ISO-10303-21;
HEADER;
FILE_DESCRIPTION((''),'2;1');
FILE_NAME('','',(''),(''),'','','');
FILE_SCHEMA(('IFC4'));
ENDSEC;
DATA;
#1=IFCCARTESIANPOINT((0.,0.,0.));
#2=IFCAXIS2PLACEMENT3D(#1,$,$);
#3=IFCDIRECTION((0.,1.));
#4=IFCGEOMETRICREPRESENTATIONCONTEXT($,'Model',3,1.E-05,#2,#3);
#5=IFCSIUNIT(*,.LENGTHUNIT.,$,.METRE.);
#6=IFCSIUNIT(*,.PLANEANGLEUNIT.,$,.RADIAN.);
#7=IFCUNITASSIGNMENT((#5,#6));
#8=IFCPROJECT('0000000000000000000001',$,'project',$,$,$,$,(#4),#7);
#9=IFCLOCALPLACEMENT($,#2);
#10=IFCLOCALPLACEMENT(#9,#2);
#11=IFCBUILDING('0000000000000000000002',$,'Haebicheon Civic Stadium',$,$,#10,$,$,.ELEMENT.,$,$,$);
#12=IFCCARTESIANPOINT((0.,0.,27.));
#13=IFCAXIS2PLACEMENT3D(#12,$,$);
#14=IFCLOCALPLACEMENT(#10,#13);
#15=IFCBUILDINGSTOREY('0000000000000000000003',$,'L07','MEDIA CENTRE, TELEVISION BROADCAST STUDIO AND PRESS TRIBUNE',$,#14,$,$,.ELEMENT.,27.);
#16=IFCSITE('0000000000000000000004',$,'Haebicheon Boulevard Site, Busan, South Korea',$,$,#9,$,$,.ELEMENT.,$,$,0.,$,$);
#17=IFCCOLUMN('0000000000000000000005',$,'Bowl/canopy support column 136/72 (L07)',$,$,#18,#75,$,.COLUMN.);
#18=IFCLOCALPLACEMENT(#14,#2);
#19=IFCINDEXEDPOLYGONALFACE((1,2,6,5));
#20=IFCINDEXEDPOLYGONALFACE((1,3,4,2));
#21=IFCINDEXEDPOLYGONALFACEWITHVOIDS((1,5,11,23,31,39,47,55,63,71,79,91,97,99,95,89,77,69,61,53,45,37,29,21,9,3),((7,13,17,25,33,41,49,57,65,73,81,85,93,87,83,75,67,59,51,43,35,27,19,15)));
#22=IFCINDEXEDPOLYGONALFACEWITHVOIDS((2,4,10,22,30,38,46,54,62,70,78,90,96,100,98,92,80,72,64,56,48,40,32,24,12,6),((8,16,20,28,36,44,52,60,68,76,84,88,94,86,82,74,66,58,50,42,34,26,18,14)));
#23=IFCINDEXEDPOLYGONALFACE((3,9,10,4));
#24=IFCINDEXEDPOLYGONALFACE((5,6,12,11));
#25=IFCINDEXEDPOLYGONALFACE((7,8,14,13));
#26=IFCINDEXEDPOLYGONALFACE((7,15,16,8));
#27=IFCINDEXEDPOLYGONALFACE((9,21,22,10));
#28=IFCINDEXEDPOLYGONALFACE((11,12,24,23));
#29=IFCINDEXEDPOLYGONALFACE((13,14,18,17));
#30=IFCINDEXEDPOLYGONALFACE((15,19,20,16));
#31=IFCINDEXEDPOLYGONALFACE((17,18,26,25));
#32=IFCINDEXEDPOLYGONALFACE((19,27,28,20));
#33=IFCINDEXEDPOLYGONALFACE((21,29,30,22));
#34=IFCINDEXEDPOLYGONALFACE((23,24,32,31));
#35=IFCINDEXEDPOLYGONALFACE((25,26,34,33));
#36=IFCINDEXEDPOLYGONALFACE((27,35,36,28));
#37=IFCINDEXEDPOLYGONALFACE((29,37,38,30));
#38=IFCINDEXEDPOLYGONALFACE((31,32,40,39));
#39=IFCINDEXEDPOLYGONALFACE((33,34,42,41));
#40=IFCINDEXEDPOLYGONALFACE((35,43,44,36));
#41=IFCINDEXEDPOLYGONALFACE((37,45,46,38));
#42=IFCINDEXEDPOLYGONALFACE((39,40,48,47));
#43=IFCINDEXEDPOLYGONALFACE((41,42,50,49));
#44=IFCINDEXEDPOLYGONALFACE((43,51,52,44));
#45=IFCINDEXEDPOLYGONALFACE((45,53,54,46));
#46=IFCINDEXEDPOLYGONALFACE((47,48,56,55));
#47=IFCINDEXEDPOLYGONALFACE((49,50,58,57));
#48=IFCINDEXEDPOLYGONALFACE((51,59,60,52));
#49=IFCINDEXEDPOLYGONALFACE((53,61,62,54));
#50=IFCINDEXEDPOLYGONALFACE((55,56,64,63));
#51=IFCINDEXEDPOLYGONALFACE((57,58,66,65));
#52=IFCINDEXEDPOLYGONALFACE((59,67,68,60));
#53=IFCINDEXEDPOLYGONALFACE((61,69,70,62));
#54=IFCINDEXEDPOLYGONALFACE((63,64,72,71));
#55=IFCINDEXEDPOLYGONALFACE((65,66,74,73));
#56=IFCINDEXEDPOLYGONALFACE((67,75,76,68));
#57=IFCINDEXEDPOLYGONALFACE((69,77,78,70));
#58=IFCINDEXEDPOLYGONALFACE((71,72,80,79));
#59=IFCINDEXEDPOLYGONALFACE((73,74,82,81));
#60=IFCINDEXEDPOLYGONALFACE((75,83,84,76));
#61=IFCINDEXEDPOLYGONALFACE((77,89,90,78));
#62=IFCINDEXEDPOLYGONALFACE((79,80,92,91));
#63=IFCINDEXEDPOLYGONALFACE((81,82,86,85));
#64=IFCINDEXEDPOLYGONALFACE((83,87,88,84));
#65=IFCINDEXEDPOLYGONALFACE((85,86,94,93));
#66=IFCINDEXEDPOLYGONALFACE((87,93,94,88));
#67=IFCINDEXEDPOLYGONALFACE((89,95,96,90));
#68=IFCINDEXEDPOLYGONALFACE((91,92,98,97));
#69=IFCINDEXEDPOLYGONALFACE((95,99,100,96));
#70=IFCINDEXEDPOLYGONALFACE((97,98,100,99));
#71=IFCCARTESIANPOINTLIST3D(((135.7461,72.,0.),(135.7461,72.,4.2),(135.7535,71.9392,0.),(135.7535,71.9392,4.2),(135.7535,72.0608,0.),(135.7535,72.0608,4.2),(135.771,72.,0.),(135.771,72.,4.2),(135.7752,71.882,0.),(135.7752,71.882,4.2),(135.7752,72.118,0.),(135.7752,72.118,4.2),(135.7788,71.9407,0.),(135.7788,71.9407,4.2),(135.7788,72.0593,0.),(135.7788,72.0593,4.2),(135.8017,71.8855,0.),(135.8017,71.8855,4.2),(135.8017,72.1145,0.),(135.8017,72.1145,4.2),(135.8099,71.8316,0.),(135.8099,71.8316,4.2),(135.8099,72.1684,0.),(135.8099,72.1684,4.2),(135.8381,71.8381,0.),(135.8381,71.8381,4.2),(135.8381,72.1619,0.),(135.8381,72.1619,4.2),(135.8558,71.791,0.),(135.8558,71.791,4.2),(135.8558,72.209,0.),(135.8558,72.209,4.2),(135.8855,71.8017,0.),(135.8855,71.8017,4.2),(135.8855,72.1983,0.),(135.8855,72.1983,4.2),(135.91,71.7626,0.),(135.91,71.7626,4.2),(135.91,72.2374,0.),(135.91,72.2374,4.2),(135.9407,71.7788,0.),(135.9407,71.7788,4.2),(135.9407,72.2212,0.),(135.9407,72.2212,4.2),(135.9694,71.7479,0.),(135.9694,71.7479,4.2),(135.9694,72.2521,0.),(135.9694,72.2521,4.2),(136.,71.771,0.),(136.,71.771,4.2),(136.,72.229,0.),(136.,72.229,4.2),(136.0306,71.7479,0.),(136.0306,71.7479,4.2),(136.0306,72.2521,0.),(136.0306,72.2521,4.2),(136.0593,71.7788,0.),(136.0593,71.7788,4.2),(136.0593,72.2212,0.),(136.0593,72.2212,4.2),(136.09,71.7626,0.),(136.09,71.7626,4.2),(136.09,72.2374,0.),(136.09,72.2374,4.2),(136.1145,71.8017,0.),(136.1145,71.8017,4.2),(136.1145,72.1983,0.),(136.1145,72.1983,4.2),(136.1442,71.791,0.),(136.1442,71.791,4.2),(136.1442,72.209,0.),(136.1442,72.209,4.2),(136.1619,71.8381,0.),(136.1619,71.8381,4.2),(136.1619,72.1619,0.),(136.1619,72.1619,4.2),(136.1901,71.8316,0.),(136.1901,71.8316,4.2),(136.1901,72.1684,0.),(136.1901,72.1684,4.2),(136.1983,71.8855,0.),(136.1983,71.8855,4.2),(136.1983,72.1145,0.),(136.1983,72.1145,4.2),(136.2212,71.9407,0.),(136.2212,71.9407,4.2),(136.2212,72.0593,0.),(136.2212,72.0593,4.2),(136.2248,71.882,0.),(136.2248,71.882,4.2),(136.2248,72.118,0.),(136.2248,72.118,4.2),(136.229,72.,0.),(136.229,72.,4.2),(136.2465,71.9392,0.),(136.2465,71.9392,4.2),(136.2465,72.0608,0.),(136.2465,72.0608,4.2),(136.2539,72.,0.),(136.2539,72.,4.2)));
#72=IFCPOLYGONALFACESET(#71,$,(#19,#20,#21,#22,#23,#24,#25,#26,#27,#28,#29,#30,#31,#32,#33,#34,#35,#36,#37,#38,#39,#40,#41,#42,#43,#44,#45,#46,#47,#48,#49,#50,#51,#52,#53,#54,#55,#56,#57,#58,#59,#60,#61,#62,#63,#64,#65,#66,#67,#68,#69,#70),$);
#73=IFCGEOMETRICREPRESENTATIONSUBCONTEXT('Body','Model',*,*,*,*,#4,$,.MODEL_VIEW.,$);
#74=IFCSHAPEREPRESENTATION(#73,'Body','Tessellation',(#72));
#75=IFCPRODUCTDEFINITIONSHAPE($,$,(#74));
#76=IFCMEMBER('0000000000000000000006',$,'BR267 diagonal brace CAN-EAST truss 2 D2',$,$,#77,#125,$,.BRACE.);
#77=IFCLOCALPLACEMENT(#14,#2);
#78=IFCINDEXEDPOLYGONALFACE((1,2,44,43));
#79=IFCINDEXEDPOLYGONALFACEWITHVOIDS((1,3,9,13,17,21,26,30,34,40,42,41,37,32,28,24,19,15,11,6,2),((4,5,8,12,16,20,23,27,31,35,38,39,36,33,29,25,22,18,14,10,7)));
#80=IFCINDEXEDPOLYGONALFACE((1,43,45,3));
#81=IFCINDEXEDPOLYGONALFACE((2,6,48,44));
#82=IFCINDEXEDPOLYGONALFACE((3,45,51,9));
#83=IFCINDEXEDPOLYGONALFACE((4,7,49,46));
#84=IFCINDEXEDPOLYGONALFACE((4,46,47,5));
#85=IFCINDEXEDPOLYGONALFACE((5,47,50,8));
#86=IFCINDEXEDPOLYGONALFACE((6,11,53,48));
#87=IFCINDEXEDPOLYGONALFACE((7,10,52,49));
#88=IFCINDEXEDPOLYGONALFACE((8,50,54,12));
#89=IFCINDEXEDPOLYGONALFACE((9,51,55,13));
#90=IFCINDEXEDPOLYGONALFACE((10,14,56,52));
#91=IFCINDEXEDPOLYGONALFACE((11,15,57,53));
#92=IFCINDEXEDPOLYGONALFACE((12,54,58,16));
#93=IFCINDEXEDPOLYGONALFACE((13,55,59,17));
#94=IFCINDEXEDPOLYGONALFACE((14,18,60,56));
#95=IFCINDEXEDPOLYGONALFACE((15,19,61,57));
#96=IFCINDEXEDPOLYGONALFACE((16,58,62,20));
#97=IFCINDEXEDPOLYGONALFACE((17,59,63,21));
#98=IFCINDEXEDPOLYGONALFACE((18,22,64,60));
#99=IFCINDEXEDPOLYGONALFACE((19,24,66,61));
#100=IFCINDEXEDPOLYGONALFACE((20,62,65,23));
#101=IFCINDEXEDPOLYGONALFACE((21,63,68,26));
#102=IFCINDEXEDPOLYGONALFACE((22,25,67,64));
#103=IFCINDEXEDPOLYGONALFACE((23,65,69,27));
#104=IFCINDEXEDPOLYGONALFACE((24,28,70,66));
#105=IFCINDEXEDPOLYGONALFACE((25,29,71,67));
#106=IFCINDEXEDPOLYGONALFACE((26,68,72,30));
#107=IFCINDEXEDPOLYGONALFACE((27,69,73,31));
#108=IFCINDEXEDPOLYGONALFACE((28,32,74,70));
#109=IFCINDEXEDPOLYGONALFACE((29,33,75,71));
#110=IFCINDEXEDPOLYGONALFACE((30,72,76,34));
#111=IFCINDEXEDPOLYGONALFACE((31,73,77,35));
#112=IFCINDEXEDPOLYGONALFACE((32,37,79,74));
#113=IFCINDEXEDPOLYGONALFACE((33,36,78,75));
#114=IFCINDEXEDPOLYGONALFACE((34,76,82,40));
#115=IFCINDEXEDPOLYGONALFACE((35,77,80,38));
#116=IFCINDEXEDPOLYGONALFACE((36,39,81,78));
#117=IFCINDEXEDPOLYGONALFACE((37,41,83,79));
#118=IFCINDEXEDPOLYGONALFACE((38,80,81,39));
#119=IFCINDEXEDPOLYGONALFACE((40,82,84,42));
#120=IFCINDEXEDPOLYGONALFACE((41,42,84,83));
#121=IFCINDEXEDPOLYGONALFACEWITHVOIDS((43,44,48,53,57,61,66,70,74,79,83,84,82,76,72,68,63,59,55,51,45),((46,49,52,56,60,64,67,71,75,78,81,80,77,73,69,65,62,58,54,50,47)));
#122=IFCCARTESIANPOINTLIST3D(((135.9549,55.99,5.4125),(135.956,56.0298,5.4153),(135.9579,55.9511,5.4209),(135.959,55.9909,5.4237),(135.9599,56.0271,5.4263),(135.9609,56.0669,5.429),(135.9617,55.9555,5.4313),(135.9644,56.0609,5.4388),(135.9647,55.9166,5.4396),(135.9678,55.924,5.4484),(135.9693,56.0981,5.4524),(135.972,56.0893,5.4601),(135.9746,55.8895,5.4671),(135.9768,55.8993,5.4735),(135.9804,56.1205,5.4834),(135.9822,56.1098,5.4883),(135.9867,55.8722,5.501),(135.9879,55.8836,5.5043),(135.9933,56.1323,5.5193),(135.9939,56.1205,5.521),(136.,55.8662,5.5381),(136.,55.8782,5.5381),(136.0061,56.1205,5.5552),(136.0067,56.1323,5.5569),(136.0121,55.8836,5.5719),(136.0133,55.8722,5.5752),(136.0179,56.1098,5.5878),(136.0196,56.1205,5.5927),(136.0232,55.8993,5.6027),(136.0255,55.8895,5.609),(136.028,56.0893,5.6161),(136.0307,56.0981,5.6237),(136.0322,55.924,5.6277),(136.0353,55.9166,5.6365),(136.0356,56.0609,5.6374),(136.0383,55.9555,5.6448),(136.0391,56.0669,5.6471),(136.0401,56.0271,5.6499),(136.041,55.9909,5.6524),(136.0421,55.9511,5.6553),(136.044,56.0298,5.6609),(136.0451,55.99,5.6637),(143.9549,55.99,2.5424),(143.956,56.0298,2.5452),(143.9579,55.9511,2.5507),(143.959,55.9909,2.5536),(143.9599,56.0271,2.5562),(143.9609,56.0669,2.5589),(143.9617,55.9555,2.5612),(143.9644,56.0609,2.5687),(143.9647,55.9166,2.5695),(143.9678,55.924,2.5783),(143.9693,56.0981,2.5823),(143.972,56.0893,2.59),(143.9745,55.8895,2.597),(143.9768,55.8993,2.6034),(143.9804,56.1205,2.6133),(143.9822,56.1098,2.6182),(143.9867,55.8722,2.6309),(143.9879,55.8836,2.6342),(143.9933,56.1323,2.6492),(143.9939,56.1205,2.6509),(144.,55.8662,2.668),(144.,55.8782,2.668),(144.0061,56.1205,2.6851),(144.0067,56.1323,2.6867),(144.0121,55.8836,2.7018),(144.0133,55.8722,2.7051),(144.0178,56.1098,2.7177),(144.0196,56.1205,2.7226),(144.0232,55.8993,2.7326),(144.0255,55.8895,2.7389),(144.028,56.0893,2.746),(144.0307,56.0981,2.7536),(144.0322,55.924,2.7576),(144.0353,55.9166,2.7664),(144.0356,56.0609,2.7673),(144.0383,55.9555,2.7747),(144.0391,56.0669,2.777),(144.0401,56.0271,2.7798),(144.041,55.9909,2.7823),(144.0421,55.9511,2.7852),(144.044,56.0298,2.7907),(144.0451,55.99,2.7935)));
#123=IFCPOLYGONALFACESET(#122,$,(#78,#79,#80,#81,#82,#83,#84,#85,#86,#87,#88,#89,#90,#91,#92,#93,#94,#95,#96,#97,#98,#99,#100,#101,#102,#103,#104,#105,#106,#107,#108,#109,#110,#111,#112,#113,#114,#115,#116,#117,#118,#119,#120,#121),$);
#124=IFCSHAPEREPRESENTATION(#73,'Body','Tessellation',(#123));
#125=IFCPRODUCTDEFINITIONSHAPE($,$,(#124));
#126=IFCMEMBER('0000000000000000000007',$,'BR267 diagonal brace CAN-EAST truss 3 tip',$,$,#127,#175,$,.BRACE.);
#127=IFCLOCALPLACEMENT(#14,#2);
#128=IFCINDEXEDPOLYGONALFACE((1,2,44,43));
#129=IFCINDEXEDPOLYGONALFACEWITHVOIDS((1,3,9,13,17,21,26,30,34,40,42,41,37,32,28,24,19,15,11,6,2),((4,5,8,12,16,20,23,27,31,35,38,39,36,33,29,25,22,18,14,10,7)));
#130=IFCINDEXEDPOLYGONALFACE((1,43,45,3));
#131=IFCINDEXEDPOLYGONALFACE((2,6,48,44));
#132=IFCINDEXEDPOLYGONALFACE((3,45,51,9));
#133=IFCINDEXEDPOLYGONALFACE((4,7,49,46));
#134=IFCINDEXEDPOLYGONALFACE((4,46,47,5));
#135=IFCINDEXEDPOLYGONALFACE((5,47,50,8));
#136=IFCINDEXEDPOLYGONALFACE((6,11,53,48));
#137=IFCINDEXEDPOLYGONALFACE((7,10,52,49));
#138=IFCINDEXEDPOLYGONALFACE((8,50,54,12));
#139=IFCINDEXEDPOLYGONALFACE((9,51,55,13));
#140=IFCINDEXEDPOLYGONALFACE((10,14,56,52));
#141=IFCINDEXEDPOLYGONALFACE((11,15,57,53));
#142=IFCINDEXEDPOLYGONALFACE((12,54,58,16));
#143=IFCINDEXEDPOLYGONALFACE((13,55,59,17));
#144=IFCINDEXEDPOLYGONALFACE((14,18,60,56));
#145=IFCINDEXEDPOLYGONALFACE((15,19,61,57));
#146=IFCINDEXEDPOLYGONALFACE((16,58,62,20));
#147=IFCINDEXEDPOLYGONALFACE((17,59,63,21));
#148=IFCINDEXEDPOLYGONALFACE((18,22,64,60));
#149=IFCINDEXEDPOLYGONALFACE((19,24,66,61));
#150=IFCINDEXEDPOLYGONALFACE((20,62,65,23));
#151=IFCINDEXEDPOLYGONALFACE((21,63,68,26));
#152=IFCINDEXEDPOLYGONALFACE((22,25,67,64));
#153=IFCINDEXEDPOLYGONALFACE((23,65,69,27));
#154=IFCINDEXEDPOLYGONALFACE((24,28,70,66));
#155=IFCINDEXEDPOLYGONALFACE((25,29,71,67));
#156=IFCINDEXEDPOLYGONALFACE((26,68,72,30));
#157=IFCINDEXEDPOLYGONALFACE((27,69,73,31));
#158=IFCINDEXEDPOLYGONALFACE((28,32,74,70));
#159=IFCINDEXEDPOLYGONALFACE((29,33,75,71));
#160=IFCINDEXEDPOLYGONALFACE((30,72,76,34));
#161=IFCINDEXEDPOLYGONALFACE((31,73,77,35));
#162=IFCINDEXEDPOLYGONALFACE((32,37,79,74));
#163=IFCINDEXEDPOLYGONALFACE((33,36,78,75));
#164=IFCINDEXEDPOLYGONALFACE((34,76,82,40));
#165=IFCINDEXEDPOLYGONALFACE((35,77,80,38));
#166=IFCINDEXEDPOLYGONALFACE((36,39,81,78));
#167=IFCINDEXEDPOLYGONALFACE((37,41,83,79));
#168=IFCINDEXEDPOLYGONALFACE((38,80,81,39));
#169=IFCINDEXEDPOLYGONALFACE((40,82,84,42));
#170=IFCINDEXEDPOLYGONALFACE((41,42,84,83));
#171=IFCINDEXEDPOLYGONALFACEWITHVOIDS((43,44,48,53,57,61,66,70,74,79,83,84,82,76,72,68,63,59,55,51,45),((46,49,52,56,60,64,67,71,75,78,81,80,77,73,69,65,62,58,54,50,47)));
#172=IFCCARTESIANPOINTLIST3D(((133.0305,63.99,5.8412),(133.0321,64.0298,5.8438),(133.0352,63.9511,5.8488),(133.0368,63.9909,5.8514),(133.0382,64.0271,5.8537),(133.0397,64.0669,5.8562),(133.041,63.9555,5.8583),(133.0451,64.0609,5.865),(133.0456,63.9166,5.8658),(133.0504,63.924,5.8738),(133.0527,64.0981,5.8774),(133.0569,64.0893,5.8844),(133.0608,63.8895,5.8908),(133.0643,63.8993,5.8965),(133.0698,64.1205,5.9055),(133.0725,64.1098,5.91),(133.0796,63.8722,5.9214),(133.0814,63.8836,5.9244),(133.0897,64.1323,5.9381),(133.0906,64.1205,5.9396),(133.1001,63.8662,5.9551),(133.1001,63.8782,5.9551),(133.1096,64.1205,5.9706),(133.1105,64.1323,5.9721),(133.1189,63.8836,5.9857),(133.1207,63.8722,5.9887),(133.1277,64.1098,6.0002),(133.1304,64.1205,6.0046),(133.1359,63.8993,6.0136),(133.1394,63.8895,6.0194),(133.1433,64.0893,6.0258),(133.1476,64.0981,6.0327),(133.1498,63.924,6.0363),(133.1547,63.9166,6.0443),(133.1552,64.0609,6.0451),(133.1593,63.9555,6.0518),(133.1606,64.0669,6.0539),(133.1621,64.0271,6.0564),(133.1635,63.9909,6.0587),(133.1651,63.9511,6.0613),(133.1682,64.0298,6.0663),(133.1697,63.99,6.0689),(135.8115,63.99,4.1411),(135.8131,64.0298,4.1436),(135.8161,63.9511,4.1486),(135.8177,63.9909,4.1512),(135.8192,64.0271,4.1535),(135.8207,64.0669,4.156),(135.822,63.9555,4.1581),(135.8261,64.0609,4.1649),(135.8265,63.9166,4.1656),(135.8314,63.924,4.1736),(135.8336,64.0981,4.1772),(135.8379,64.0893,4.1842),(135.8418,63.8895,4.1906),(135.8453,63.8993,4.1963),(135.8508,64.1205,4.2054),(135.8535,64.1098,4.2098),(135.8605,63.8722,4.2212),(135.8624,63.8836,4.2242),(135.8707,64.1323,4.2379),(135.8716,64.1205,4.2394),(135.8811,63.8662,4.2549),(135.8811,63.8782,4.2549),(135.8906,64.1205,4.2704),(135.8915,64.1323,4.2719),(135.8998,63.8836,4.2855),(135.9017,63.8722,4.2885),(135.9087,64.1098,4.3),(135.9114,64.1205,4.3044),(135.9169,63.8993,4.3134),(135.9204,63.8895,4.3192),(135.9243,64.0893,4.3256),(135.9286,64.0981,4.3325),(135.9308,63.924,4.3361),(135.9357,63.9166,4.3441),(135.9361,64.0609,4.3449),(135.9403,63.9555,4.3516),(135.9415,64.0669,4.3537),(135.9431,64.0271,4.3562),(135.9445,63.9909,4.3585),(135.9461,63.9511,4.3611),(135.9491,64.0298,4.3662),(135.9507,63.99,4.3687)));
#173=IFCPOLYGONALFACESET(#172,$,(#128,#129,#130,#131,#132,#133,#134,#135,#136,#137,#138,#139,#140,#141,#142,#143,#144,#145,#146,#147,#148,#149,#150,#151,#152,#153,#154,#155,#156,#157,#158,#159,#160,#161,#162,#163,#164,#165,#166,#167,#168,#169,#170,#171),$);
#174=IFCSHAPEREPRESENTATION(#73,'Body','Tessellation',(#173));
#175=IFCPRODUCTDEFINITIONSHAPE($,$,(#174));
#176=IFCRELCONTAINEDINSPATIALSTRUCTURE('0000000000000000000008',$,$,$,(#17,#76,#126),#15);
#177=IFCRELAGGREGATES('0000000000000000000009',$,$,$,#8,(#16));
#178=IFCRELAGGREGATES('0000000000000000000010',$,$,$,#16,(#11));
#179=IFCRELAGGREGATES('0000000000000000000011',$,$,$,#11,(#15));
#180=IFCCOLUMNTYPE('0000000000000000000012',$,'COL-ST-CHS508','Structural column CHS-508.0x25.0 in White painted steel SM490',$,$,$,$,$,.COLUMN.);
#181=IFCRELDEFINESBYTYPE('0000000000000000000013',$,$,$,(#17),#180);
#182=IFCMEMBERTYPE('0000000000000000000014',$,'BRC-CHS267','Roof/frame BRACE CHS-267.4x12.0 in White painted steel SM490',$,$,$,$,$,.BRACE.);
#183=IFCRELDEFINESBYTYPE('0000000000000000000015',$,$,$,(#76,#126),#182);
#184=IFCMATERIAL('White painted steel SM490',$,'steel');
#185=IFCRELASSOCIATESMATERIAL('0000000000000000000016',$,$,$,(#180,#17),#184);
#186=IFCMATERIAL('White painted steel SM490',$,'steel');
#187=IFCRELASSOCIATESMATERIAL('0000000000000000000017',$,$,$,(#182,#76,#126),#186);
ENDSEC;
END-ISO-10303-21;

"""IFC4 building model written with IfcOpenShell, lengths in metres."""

from ifc_helpers import new_model, si_unit, direction, frame, origin, origin_2d, place, context, subcontext, project, spatial, hollow_circle, extrude, material, material_profile, profile_set, type_object, element, save


model = new_model("IFC4")

# Units and contexts
model_context = context("Model", 3, precision=1e-05, world=origin(), true_north=direction((0.0, 1.0)))
body_context = subcontext(model_context, "Body", "Model", "MODEL_VIEW")
ifc_project = project(units=[si_unit("LENGTHUNIT", "METRE"), si_unit("PLANEANGLEUNIT", "RADIAN")], contexts=[model_context])

# Site, building, storey
site_placement = place(None, origin())
site = spatial("IfcSite", under=ifc_project, at=site_placement, Name="Haebicheon Boulevard Site, Busan, South Korea", CompositionType="ELEMENT", RefElevation=0.0)
building_placement = place(site_placement, origin())
building = spatial("IfcBuilding", under=site, at=building_placement, Name="Haebicheon Civic Stadium", CompositionType="ELEMENT")
storey_placement = place(building_placement, frame((0.0, 0.0, 27.0)))
storey = spatial("IfcBuildingStorey", under=building, at=storey_placement, Name="L07", Description="MEDIA CENTRE, TELEVISION BROADCAST STUDIO AND PRESS TRIBUNE", CompositionType="ELEMENT", Elevation=27.0)

# Column
ifc_material_1 = material(Name="White painted steel SM490", Category="steel")
ifc_material_profile_1 = material_profile(ifc_material_1, hollow_circle(Radius=0.2539, WallThickness=0.0249, at=origin_2d()), Name="CHS-508.0x25.0")
ifc_profile_set_1 = profile_set([ifc_material_profile_1], Name="White painted steel SM490")
column_type = type_object("IfcColumnType", Name="COL-ST-CHS508", Description="Structural column CHS-508.0x25.0 in White painted steel SM490", PredefinedType="COLUMN", material=ifc_profile_set_1)
for number, where, z_axis, x_axis, name in (
    (1, (136.0, 72.0, 0.0), (0.0, 0.0, 1.0), (1.0, 0.0, 0.0), "Bowl/canopy support column 136/72 (L07)"),
):
    element("IfcColumn", number, at=place(storey_placement, frame(where, z_axis=z_axis, x_axis=x_axis)), inside=storey, type_object=column_type, material=ifc_profile_set_1, Name=name, PredefinedType="COLUMN", context=body_context, shape_type="SweptSolid", body=[
        extrude(hollow_circle(Radius=0.2539, WallThickness=0.0249, at=origin_2d()), origin(), (0.0, 0.0, 1.0), 4.2),
    ])

# Members
ifc_material_2 = material(Name="White painted steel SM490", Category="steel")
ifc_material_profile_2 = material_profile(ifc_material_2, hollow_circle(Radius=0.1338, WallThickness=0.012, at=origin_2d()), Name="CHS-267.4x12.0")
ifc_profile_set_2 = profile_set([ifc_material_profile_2], Name="White painted steel SM490")
member_type_1 = type_object("IfcMemberType", Name="BRC-CHS267", Description="Roof/frame BRACE CHS-267.4x12.0 in White painted steel SM490", PredefinedType="BRACE", material=ifc_profile_set_2)
member_1_placement = place(storey_placement, frame((144.0, 56.0, 2.668), z_axis=(-0.941257, 0.0, 0.33769), x_axis=(0.0, -1.0, 0.0)))
element("IfcMember", 2, at=member_1_placement, inside=storey, type_object=member_type_1, material=ifc_profile_set_2, Name="BR267 diagonal brace CAN-EAST truss 2 D2", PredefinedType="BRACE", context=body_context, shape_type="SweptSolid", body=[
    extrude(hollow_circle(Radius=0.1338, WallThickness=0.012, at=origin_2d()), origin(), (0.0, 0.0, 1.0), 8.4993),
])
member_2_placement = place(storey_placement, frame((135.8811, 64.0, 4.2549), z_axis=(-0.853187, 0.0, 0.521605), x_axis=(0.0, -1.0, 0.0)))
element("IfcMember", 3, at=member_2_placement, inside=storey, type_object=member_type_1, material=ifc_profile_set_2, Name="BR267 diagonal brace CAN-EAST truss 3 tip", PredefinedType="BRACE", context=body_context, shape_type="SweptSolid", body=[
    extrude(hollow_circle(Radius=0.1338, WallThickness=0.012, at=origin_2d()), origin(), (0.0, 0.0, 1.0), 3.2595),
])

save(model, "model.ifc")
